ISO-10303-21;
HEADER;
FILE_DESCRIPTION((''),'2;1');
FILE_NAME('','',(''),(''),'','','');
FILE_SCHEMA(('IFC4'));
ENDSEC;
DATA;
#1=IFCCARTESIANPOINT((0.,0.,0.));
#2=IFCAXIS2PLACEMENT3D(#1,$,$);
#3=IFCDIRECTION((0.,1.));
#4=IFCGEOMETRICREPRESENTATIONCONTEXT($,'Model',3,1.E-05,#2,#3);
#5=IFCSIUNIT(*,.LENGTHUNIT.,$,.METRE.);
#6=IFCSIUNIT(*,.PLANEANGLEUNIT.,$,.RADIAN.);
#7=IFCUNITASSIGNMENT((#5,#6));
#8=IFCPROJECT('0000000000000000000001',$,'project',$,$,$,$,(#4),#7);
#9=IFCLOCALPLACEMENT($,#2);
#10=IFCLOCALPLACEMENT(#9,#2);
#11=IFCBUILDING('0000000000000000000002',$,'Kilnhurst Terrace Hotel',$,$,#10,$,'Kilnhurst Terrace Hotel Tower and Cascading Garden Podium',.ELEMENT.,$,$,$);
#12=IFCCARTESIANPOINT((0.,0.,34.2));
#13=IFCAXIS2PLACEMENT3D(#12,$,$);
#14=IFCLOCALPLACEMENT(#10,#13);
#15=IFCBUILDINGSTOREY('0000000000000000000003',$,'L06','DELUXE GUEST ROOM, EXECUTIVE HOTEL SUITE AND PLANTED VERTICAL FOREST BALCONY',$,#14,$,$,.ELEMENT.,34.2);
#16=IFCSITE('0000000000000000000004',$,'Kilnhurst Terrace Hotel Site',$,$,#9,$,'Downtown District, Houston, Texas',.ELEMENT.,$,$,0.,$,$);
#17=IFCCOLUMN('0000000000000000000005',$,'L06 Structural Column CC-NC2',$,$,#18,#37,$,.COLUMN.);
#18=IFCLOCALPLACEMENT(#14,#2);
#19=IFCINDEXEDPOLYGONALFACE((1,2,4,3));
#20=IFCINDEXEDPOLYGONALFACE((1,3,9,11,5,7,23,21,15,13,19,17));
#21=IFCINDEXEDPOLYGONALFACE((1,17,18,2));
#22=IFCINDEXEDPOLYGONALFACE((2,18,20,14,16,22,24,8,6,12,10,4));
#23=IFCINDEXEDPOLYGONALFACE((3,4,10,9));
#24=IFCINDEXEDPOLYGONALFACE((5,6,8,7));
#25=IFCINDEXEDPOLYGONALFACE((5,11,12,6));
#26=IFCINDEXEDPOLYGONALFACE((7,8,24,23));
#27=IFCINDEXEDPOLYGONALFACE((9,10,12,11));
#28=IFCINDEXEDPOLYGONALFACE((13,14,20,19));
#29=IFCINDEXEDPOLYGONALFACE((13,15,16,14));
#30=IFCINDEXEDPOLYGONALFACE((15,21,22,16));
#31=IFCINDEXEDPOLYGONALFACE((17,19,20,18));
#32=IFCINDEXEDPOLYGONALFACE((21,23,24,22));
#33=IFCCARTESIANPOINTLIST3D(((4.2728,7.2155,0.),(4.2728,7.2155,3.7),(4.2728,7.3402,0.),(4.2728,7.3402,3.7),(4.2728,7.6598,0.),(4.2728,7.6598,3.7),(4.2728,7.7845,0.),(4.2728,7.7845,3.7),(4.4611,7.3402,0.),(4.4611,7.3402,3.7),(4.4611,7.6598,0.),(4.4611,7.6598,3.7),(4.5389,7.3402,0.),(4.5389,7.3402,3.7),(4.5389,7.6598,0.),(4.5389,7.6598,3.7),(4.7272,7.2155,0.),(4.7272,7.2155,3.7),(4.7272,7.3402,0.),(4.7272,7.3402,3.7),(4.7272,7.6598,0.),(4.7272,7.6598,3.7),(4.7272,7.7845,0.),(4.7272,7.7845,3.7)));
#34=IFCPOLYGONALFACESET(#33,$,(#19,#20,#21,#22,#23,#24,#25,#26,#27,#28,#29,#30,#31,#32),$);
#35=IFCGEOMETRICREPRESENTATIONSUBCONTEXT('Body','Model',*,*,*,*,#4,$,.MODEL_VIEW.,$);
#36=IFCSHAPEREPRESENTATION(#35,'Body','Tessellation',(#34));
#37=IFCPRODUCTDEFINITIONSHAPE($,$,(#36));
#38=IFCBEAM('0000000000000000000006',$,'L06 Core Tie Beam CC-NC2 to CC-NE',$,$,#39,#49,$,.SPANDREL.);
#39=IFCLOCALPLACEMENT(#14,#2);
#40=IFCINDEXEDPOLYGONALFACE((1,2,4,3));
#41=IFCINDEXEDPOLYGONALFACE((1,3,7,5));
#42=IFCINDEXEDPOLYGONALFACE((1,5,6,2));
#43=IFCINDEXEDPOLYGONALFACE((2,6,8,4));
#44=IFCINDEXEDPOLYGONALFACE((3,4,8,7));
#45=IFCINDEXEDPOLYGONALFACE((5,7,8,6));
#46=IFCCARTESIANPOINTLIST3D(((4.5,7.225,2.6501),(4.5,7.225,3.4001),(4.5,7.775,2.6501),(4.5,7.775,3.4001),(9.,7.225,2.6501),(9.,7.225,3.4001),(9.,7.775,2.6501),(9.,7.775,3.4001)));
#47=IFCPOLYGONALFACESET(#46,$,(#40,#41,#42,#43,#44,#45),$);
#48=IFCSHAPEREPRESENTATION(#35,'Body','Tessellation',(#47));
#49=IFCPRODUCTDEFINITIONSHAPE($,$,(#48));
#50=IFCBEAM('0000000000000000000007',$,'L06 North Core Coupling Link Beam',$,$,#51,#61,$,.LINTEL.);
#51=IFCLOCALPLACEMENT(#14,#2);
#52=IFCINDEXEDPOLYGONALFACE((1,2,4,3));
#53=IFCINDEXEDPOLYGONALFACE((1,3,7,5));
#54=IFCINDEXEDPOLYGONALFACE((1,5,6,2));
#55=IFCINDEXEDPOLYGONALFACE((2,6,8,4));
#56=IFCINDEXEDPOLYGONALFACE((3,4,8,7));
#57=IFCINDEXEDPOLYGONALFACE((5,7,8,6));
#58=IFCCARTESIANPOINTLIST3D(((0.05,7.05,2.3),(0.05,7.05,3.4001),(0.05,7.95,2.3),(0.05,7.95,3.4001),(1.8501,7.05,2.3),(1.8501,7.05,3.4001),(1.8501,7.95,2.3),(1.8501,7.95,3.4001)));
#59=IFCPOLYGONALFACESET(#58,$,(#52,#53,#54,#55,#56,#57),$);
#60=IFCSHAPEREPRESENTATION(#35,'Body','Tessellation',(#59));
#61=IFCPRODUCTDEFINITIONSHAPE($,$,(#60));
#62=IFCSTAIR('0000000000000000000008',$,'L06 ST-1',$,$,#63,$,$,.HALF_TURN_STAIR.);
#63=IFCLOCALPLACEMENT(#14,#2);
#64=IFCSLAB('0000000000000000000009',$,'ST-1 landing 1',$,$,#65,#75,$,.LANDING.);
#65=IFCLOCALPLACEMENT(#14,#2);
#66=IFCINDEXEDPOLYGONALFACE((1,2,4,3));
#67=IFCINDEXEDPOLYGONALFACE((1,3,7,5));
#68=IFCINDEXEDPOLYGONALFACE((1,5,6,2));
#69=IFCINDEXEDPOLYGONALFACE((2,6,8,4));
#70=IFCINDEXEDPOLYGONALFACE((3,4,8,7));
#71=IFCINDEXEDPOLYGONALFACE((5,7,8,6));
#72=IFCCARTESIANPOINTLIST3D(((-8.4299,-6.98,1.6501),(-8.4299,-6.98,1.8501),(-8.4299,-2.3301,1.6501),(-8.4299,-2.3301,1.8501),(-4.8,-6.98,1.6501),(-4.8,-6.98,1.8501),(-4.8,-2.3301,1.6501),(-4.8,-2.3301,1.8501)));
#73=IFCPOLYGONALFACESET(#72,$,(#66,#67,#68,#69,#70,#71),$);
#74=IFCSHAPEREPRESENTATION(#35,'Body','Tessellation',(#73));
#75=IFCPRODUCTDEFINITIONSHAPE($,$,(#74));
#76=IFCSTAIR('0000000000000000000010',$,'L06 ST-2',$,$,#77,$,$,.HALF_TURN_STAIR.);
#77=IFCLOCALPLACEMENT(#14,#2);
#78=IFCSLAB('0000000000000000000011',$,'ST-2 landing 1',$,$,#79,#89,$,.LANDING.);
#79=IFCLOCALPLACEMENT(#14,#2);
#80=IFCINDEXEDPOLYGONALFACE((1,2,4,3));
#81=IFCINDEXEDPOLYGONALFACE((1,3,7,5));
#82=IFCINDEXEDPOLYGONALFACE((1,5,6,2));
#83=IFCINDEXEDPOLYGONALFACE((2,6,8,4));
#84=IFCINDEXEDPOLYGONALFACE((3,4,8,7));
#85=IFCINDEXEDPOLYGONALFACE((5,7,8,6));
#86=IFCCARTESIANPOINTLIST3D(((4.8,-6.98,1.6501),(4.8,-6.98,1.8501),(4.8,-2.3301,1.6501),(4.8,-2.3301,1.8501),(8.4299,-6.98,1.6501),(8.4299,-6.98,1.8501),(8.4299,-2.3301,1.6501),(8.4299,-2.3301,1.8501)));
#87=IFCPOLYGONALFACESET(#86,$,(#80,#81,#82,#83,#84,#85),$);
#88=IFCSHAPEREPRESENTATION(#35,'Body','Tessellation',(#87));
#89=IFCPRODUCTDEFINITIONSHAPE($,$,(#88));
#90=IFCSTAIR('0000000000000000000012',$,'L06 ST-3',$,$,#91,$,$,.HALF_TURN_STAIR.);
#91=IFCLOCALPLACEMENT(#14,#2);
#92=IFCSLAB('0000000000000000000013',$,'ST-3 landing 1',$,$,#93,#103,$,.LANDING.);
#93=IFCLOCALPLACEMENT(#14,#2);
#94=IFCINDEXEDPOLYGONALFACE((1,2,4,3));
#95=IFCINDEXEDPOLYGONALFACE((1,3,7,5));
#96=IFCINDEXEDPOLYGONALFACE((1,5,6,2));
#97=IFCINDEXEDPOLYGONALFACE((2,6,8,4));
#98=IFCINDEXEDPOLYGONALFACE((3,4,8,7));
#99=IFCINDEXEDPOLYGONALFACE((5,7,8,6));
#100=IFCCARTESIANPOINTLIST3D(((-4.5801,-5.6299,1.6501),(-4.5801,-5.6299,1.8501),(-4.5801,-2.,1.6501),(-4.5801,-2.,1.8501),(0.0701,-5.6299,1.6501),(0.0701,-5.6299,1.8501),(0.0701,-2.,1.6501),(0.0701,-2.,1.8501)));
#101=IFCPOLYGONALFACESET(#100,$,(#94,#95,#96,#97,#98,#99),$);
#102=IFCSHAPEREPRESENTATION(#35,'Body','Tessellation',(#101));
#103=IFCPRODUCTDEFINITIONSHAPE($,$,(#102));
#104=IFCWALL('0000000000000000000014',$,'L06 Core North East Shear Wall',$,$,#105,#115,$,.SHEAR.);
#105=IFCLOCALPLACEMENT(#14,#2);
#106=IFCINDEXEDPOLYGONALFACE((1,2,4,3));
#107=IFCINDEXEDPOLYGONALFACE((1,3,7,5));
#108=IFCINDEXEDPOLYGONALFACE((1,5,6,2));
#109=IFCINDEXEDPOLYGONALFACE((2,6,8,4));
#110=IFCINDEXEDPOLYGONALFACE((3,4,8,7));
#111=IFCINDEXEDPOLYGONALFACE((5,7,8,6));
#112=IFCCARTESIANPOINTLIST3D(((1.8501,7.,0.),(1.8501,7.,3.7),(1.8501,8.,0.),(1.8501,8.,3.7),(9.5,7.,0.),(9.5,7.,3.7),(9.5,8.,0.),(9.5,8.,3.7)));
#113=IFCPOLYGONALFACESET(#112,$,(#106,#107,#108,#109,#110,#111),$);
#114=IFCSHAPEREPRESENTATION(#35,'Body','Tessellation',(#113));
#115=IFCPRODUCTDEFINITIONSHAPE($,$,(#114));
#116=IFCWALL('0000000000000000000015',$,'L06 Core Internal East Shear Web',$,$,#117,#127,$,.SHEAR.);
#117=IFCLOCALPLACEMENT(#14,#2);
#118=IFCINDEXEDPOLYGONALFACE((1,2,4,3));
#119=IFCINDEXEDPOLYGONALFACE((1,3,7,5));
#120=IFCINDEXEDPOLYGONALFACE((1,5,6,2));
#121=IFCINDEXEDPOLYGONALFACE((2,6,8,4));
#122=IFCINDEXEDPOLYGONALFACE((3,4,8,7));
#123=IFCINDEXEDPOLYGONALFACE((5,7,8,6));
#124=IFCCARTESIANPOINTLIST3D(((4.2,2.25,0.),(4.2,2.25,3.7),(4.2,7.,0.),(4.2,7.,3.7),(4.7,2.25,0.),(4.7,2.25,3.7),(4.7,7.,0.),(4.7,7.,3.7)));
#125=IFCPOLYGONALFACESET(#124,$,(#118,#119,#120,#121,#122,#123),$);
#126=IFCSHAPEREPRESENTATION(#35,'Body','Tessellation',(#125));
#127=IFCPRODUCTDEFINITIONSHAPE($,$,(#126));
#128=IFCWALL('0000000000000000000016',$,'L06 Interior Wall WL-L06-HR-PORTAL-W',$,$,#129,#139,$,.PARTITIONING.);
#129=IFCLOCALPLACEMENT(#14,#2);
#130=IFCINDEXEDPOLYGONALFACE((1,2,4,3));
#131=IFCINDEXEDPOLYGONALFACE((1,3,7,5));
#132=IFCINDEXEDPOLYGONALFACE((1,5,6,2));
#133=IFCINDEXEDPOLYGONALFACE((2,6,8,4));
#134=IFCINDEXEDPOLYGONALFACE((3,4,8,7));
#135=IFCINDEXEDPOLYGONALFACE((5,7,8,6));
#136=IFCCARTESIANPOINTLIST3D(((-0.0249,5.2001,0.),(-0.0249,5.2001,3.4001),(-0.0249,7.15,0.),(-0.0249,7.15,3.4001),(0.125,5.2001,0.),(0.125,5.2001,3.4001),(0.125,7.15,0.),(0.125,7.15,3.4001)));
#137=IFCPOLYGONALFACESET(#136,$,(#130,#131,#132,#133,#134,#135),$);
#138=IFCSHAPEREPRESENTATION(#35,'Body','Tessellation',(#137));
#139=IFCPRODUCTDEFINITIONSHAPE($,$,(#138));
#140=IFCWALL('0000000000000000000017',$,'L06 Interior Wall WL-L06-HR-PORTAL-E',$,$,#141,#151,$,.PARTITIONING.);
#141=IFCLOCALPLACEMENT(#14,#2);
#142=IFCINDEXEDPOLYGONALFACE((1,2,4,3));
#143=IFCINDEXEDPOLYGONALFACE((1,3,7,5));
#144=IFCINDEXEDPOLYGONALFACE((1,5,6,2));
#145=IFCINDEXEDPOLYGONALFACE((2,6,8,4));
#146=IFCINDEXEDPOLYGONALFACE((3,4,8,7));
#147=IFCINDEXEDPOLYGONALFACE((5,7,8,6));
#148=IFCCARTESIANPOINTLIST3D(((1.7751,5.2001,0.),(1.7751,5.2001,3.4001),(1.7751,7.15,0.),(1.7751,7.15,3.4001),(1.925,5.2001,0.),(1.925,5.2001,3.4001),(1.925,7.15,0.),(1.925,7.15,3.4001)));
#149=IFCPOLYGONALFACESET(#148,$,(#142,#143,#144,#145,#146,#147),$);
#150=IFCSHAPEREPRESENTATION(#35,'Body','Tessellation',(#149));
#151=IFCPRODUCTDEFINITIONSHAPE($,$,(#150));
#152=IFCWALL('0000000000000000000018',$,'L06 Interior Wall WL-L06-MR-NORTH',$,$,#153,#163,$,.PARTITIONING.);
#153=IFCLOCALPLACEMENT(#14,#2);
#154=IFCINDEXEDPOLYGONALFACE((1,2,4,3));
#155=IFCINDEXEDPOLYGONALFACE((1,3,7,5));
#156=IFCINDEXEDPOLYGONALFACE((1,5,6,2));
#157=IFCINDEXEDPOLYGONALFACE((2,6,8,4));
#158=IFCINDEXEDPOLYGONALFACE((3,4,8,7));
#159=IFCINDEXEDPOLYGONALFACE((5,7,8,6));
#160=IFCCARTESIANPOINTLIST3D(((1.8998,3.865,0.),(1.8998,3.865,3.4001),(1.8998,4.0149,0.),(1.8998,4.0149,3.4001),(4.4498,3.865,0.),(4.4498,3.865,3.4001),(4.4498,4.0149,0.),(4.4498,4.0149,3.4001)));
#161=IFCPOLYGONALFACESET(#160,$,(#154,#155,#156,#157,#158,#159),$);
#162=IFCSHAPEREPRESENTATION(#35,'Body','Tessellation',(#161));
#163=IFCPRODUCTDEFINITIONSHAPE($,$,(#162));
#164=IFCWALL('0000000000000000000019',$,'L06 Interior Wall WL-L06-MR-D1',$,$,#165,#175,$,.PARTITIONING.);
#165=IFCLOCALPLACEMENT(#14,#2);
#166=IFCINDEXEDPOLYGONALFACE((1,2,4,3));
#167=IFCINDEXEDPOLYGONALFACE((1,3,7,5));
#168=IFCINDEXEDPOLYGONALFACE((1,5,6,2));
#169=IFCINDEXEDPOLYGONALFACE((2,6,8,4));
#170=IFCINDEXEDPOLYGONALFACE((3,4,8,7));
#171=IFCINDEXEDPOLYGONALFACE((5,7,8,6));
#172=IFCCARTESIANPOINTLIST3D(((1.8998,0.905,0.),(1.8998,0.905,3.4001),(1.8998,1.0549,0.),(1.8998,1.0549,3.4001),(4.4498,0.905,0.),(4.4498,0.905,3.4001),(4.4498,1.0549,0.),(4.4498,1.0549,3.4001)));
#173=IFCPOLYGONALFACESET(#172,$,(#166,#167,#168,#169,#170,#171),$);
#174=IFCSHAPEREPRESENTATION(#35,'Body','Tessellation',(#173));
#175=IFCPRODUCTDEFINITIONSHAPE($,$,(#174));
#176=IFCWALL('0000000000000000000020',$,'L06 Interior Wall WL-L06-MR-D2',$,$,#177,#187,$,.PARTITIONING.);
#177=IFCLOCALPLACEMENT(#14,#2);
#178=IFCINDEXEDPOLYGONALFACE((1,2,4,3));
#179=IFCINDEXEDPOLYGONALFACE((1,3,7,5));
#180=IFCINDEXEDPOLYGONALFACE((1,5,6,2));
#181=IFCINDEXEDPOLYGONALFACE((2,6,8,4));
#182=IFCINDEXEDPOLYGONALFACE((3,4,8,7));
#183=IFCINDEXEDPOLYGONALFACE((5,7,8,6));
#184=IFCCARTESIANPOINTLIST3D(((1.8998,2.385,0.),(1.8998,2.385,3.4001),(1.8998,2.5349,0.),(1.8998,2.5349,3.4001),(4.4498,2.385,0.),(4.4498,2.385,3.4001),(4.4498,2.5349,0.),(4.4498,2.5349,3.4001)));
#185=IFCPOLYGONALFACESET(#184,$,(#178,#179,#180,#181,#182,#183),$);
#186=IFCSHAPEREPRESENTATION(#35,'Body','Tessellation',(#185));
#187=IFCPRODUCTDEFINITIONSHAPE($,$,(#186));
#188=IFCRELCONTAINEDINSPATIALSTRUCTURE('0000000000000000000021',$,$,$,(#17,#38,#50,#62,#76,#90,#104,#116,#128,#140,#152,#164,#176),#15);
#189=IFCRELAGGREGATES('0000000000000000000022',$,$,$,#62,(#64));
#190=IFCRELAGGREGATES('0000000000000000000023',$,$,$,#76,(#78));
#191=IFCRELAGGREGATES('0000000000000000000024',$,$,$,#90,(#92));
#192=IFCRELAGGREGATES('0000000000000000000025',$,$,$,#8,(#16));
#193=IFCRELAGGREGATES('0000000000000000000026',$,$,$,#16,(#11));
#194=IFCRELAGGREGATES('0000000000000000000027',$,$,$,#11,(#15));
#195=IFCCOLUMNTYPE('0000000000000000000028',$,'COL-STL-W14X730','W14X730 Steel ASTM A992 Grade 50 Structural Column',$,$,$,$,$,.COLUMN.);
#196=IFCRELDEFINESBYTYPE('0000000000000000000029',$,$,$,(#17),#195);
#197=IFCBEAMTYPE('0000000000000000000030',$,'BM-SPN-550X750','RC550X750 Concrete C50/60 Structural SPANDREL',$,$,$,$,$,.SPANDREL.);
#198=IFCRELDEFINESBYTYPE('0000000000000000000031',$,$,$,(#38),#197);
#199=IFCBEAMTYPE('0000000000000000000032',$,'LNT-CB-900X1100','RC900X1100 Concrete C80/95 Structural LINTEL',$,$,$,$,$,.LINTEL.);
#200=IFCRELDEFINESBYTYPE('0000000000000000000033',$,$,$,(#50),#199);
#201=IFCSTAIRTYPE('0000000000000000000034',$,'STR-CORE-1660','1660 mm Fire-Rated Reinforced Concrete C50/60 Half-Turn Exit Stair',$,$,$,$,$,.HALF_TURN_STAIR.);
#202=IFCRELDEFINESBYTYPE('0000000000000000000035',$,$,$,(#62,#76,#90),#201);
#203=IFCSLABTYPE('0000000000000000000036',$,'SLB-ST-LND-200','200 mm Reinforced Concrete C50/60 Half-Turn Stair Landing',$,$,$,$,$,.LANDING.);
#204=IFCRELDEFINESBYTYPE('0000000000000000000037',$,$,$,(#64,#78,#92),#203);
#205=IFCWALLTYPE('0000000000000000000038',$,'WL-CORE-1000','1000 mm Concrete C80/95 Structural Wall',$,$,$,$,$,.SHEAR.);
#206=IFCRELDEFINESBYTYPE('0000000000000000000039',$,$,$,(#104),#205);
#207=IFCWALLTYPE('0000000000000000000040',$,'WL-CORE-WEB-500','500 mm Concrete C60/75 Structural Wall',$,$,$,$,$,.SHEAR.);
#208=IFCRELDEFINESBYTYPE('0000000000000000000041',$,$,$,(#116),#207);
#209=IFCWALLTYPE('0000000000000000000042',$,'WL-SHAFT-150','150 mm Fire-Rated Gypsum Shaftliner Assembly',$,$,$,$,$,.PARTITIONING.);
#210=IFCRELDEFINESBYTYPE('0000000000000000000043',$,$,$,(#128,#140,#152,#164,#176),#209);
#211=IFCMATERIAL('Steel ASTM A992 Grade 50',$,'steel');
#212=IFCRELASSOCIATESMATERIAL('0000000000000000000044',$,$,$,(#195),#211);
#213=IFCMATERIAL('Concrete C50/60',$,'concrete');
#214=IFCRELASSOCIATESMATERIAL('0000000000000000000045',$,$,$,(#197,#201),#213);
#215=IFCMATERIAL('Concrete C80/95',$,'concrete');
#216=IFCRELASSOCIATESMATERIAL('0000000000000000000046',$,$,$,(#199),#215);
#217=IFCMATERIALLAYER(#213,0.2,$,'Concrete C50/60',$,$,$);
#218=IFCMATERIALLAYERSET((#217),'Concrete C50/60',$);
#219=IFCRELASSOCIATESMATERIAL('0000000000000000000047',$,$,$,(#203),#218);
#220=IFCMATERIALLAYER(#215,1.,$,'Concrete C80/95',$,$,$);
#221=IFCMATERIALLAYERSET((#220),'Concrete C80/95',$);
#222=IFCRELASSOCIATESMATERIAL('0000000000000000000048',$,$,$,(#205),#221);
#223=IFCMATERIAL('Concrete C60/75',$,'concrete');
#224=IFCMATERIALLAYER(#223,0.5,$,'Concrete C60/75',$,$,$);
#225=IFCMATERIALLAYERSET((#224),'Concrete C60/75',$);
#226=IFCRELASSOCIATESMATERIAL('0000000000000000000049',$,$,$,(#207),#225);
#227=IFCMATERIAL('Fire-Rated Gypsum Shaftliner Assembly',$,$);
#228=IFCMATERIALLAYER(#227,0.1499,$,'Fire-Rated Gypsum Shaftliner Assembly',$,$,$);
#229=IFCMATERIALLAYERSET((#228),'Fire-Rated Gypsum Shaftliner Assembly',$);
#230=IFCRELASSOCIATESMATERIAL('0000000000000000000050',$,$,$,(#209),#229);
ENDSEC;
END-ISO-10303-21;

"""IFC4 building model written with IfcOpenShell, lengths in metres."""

from ifc_helpers import new_model, si_unit, direction, frame, frame_2d, origin, origin_2d, place, context, subcontext, project, spatial, polyline, rectangle, i_section, outline, extrude, material, layer, layer_set, material_profile, profile_set, type_object, element, aggregate, save


model = new_model("IFC4")

# Units and contexts
model_context = context("Model", 3, precision=1e-05, world=origin(), true_north=direction((0.0, 1.0)))
body_context = subcontext(model_context, "Body", "Model", "MODEL_VIEW")
ifc_project = project(units=[si_unit("LENGTHUNIT", "METRE"), si_unit("PLANEANGLEUNIT", "RADIAN")], contexts=[model_context])

# Site, building, storey
site_placement = place(None, origin())
site = spatial("IfcSite", under=ifc_project, at=site_placement, Name="Kilnhurst Terrace Hotel Site", LongName="Downtown District, Houston, Texas", CompositionType="ELEMENT", RefElevation=0.0)
building_placement = place(site_placement, origin())
building = spatial("IfcBuilding", under=site, at=building_placement, Name="Kilnhurst Terrace Hotel", LongName="Kilnhurst Terrace Hotel Tower and Cascading Garden Podium", CompositionType="ELEMENT")
storey_placement = place(building_placement, frame((0.0, 0.0, 34.2)))
storey = spatial("IfcBuildingStorey", under=building, at=storey_placement, Name="L06", Description="DELUXE GUEST ROOM, EXECUTIVE HOTEL SUITE AND PLANTED VERTICAL FOREST BALCONY", CompositionType="ELEMENT", Elevation=34.2)

# Column
ifc_material_1 = material(Name="Steel ASTM A992 Grade 50", Category="steel")
ifc_material_profile_1 = material_profile(ifc_material_1, i_section(OverallWidth=0.4543, OverallDepth=0.5691, WebThickness=0.0779, FlangeThickness=0.1248, at=origin_2d()), Name="W14X730")
ifc_profile_set_1 = profile_set([ifc_material_profile_1], Name="Steel ASTM A992 Grade 50")
column_type = type_object("IfcColumnType", Name="COL-STL-W14X730", Description="W14X730 Steel ASTM A992 Grade 50 Structural Column", PredefinedType="COLUMN", material=ifc_profile_set_1)
column_placement = place(storey_placement, frame((4.5, 7.5, 0.0), z_axis=(0.0, 0.0, 1.0), x_axis=(1.0, 0.0, 0.0)))
element("IfcColumn", 1, at=column_placement, inside=storey, type_object=column_type, Name="L06 Structural Column CC-NC2", PredefinedType="COLUMN", context=body_context, shape_type="SweptSolid", body=[
    extrude(i_section(OverallWidth=0.4543, OverallDepth=0.5691, WebThickness=0.0779, FlangeThickness=0.1248, at=origin_2d()), origin(), (0.0, 0.0, 1.0), 3.7),
])

# Beams
ifc_material_2 = material(Name="Concrete C50/60", Category="concrete")
ifc_material_profile_2 = material_profile(ifc_material_2, rectangle(XDim=0.55, YDim=0.75, at=origin_2d()), Name="RC550X750")
ifc_profile_set_2 = profile_set([ifc_material_profile_2], Name="Concrete C50/60")
beam_type_1 = type_object("IfcBeamType", Name="BM-SPN-550X750", Description="RC550X750 Concrete C50/60 Structural SPANDREL", PredefinedType="SPANDREL", material=ifc_profile_set_2)
beam_1_placement = place(storey_placement, frame((4.5, 7.5, 3.0251), z_axis=(1.0, 0.0, 0.0), x_axis=(0.0, 1.0, 0.0)))
element("IfcBeam", 2, at=beam_1_placement, inside=storey, type_object=beam_type_1, Name="L06 Core Tie Beam CC-NC2 to CC-NE", PredefinedType="SPANDREL", context=body_context, shape_type="SweptSolid", body=[
    extrude(rectangle(XDim=0.55, YDim=0.75, at=origin_2d()), origin(), (0.0, 0.0, 1.0), 4.5),
])
ifc_material_3 = material(Name="Concrete C80/95", Category="concrete")
ifc_material_profile_3 = material_profile(ifc_material_3, rectangle(XDim=0.8999, YDim=1.1001, at=origin_2d()), Name="RC900X1100")
ifc_profile_set_3 = profile_set([ifc_material_profile_3], Name="Concrete C80/95")
beam_type_2 = type_object("IfcBeamType", Name="LNT-CB-900X1100", Description="RC900X1100 Concrete C80/95 Structural LINTEL", PredefinedType="LINTEL", material=ifc_profile_set_3)
beam_2_placement = place(storey_placement, frame((0.05, 7.5, 2.8501), z_axis=(1.0, 0.0, 0.0), x_axis=(0.0, 1.0, 0.0)))
element("IfcBeam", 3, at=beam_2_placement, inside=storey, type_object=beam_type_2, Name="L06 North Core Coupling Link Beam", PredefinedType="LINTEL", context=body_context, shape_type="SweptSolid", body=[
    extrude(rectangle(XDim=0.8999, YDim=1.1001, at=origin_2d()), origin(), (0.0, 0.0, 1.0), 1.8),
])

# Stairs, slabs
stair_type = type_object("IfcStairType", Name="STR-CORE-1660", Description="1660 mm Fire-Rated Reinforced Concrete C50/60 Half-Turn Exit Stair", PredefinedType="HALF_TURN_STAIR", material=ifc_material_2)
stair_1_placement = place(storey_placement, origin())
stair_1 = element("IfcStair", 4, at=stair_1_placement, inside=storey, type_object=stair_type, Name="L06 ST-1", PredefinedType="HALF_TURN_STAIR")
ifc_layer_1 = layer(ifc_material_2, 0.2, Name="Concrete C50/60")
ifc_layer_set_1 = layer_set([ifc_layer_1], Name="Concrete C50/60")
slab_type = type_object("IfcSlabType", Name="SLB-ST-LND-200", Description="200 mm Reinforced Concrete C50/60 Half-Turn Stair Landing", PredefinedType="LANDING", material=ifc_layer_set_1)
slab_1_placement = place(storey_placement, frame((0.0, 0.0, 1.6501)))
slab_1 = element("IfcSlab", 5, at=slab_1_placement, type_object=slab_type, Name="ST-1 landing 1", PredefinedType="LANDING", context=body_context, shape_type="SweptSolid", body=[
    extrude(outline(polyline([(-8.4299, -2.3301), (-4.8, -2.3301), (-4.8, -6.98), (-8.4299, -6.98), (-8.4299, -2.3301)])), origin(), (0.0, 0.0, 1.0), 0.2),
])
aggregate(stair_1, [slab_1])
stair_2_placement = place(storey_placement, origin())
stair_2 = element("IfcStair", 6, at=stair_2_placement, inside=storey, type_object=stair_type, Name="L06 ST-2", PredefinedType="HALF_TURN_STAIR")
slab_2_placement = place(storey_placement, frame((0.0, 0.0, 1.6501)))
slab_2 = element("IfcSlab", 7, at=slab_2_placement, type_object=slab_type, Name="ST-2 landing 1", PredefinedType="LANDING", context=body_context, shape_type="SweptSolid", body=[
    extrude(outline(polyline([(4.8, -2.3301), (8.4299, -2.3301), (8.4299, -6.98), (4.8, -6.98), (4.8, -2.3301)])), origin(), (0.0, 0.0, 1.0), 0.2),
])
aggregate(stair_2, [slab_2])
stair_3_placement = place(storey_placement, origin())
stair_3 = element("IfcStair", 8, at=stair_3_placement, inside=storey, type_object=stair_type, Name="L06 ST-3", PredefinedType="HALF_TURN_STAIR")
slab_3_placement = place(storey_placement, frame((0.0, 0.0, 1.6501)))
slab_3 = element("IfcSlab", 9, at=slab_3_placement, type_object=slab_type, Name="ST-3 landing 1", PredefinedType="LANDING", context=body_context, shape_type="SweptSolid", body=[
    extrude(outline(polyline([(0.0701, -2.0), (0.0701, -5.6299), (-4.5801, -5.6299), (-4.5801, -2.0), (0.0701, -2.0)])), origin(), (0.0, 0.0, 1.0), 0.2),
])
aggregate(stair_3, [slab_3])

# Walls
ifc_layer_2 = layer(ifc_material_3, 1.0, Name="Concrete C80/95")
ifc_layer_set_2 = layer_set([ifc_layer_2], Name="Concrete C80/95")
wall_type_1 = type_object("IfcWallType", Name="WL-CORE-1000", Description="1000 mm Concrete C80/95 Structural Wall", PredefinedType="SHEAR", material=ifc_layer_set_2)
wall_1_placement = place(storey_placement, frame((1.8501, 7.5, 0.0), z_axis=(0.0, 0.0, 1.0), x_axis=(1.0, 0.0, 0.0)))
element("IfcWall", 10, at=wall_1_placement, inside=storey, type_object=wall_type_1, Name="L06 Core North East Shear Wall", PredefinedType="SHEAR", context=body_context, shape_type="SweptSolid", body=[
    extrude(rectangle(XDim=7.6499, YDim=1.0, at=frame_2d((3.825, 0.0))), origin(), (0.0, 0.0, 1.0), 3.7),
])
ifc_material_4 = material(Name="Concrete C60/75", Category="concrete")
ifc_layer_3 = layer(ifc_material_4, 0.5, Name="Concrete C60/75")
ifc_layer_set_3 = layer_set([ifc_layer_3], Name="Concrete C60/75")
wall_type_2 = type_object("IfcWallType", Name="WL-CORE-WEB-500", Description="500 mm Concrete C60/75 Structural Wall", PredefinedType="SHEAR", material=ifc_layer_set_3)
wall_2_placement = place(storey_placement, frame((4.45, 2.25, 0.0), z_axis=(0.0, 0.0, 1.0), x_axis=(0.0, 1.0, 0.0)))
element("IfcWall", 11, at=wall_2_placement, inside=storey, type_object=wall_type_2, Name="L06 Core Internal East Shear Web", PredefinedType="SHEAR", context=body_context, shape_type="SweptSolid", body=[
    extrude(rectangle(XDim=4.75, YDim=0.5, at=frame_2d((2.375, 0.0))), origin(), (0.0, 0.0, 1.0), 3.7),
])
ifc_material_5 = material(Name="Fire-Rated Gypsum Shaftliner Assembly")
ifc_layer_4 = layer(ifc_material_5, 0.1499, Name="Fire-Rated Gypsum Shaftliner Assembly")
ifc_layer_set_4 = layer_set([ifc_layer_4], Name="Fire-Rated Gypsum Shaftliner Assembly")
wall_type_3 = type_object("IfcWallType", Name="WL-SHAFT-150", Description="150 mm Fire-Rated Gypsum Shaftliner Assembly", PredefinedType="PARTITIONING", material=ifc_layer_set_4)
for number, where, z_axis, x_axis, name in (
    (12, (0.05, 5.2, 0.0), (0.0, 0.0, 1.0), (0.0, 1.0, 0.0), "L06 Interior Wall WL-L06-HR-PORTAL-W"),
    (13, (1.8501, 5.2, 0.0), (0.0, 0.0, 1.0), (0.0, 1.0, 0.0), "L06 Interior Wall WL-L06-HR-PORTAL-E"),
):
    element("IfcWall", number, at=place(storey_placement, frame(where, z_axis=z_axis, x_axis=x_axis)), inside=storey, type_object=wall_type_3, Name=name, PredefinedType="PARTITIONING", context=body_context, shape_type="SweptSolid", body=[
        extrude(rectangle(XDim=1.95, YDim=0.1499, at=frame_2d((0.9751, 0.0))), origin(), (0.0, 0.0, 1.0), 3.4001),
    ])
for number, where, z_axis, x_axis, name in (
    (14, (1.8999, 3.9399, 0.0), (0.0, 0.0, 1.0), (1.0, 0.0, 0.0), "L06 Interior Wall WL-L06-MR-NORTH"),
    (15, (1.8999, 0.98, 0.0), (0.0, 0.0, 1.0), (1.0, 0.0, 0.0), "L06 Interior Wall WL-L06-MR-D1"),
    (16, (1.8999, 2.46, 0.0), (0.0, 0.0, 1.0), (1.0, 0.0, 0.0), "L06 Interior Wall WL-L06-MR-D2"),
):
    element("IfcWall", number, at=place(storey_placement, frame(where, z_axis=z_axis, x_axis=x_axis)), inside=storey, type_object=wall_type_3, Name=name, PredefinedType="PARTITIONING", context=body_context, shape_type="SweptSolid", body=[
        extrude(rectangle(XDim=2.55, YDim=0.1499, at=frame_2d((1.2749, 0.0))), origin(), (0.0, 0.0, 1.0), 3.4001),
    ])

save(model, "model.ifc")
